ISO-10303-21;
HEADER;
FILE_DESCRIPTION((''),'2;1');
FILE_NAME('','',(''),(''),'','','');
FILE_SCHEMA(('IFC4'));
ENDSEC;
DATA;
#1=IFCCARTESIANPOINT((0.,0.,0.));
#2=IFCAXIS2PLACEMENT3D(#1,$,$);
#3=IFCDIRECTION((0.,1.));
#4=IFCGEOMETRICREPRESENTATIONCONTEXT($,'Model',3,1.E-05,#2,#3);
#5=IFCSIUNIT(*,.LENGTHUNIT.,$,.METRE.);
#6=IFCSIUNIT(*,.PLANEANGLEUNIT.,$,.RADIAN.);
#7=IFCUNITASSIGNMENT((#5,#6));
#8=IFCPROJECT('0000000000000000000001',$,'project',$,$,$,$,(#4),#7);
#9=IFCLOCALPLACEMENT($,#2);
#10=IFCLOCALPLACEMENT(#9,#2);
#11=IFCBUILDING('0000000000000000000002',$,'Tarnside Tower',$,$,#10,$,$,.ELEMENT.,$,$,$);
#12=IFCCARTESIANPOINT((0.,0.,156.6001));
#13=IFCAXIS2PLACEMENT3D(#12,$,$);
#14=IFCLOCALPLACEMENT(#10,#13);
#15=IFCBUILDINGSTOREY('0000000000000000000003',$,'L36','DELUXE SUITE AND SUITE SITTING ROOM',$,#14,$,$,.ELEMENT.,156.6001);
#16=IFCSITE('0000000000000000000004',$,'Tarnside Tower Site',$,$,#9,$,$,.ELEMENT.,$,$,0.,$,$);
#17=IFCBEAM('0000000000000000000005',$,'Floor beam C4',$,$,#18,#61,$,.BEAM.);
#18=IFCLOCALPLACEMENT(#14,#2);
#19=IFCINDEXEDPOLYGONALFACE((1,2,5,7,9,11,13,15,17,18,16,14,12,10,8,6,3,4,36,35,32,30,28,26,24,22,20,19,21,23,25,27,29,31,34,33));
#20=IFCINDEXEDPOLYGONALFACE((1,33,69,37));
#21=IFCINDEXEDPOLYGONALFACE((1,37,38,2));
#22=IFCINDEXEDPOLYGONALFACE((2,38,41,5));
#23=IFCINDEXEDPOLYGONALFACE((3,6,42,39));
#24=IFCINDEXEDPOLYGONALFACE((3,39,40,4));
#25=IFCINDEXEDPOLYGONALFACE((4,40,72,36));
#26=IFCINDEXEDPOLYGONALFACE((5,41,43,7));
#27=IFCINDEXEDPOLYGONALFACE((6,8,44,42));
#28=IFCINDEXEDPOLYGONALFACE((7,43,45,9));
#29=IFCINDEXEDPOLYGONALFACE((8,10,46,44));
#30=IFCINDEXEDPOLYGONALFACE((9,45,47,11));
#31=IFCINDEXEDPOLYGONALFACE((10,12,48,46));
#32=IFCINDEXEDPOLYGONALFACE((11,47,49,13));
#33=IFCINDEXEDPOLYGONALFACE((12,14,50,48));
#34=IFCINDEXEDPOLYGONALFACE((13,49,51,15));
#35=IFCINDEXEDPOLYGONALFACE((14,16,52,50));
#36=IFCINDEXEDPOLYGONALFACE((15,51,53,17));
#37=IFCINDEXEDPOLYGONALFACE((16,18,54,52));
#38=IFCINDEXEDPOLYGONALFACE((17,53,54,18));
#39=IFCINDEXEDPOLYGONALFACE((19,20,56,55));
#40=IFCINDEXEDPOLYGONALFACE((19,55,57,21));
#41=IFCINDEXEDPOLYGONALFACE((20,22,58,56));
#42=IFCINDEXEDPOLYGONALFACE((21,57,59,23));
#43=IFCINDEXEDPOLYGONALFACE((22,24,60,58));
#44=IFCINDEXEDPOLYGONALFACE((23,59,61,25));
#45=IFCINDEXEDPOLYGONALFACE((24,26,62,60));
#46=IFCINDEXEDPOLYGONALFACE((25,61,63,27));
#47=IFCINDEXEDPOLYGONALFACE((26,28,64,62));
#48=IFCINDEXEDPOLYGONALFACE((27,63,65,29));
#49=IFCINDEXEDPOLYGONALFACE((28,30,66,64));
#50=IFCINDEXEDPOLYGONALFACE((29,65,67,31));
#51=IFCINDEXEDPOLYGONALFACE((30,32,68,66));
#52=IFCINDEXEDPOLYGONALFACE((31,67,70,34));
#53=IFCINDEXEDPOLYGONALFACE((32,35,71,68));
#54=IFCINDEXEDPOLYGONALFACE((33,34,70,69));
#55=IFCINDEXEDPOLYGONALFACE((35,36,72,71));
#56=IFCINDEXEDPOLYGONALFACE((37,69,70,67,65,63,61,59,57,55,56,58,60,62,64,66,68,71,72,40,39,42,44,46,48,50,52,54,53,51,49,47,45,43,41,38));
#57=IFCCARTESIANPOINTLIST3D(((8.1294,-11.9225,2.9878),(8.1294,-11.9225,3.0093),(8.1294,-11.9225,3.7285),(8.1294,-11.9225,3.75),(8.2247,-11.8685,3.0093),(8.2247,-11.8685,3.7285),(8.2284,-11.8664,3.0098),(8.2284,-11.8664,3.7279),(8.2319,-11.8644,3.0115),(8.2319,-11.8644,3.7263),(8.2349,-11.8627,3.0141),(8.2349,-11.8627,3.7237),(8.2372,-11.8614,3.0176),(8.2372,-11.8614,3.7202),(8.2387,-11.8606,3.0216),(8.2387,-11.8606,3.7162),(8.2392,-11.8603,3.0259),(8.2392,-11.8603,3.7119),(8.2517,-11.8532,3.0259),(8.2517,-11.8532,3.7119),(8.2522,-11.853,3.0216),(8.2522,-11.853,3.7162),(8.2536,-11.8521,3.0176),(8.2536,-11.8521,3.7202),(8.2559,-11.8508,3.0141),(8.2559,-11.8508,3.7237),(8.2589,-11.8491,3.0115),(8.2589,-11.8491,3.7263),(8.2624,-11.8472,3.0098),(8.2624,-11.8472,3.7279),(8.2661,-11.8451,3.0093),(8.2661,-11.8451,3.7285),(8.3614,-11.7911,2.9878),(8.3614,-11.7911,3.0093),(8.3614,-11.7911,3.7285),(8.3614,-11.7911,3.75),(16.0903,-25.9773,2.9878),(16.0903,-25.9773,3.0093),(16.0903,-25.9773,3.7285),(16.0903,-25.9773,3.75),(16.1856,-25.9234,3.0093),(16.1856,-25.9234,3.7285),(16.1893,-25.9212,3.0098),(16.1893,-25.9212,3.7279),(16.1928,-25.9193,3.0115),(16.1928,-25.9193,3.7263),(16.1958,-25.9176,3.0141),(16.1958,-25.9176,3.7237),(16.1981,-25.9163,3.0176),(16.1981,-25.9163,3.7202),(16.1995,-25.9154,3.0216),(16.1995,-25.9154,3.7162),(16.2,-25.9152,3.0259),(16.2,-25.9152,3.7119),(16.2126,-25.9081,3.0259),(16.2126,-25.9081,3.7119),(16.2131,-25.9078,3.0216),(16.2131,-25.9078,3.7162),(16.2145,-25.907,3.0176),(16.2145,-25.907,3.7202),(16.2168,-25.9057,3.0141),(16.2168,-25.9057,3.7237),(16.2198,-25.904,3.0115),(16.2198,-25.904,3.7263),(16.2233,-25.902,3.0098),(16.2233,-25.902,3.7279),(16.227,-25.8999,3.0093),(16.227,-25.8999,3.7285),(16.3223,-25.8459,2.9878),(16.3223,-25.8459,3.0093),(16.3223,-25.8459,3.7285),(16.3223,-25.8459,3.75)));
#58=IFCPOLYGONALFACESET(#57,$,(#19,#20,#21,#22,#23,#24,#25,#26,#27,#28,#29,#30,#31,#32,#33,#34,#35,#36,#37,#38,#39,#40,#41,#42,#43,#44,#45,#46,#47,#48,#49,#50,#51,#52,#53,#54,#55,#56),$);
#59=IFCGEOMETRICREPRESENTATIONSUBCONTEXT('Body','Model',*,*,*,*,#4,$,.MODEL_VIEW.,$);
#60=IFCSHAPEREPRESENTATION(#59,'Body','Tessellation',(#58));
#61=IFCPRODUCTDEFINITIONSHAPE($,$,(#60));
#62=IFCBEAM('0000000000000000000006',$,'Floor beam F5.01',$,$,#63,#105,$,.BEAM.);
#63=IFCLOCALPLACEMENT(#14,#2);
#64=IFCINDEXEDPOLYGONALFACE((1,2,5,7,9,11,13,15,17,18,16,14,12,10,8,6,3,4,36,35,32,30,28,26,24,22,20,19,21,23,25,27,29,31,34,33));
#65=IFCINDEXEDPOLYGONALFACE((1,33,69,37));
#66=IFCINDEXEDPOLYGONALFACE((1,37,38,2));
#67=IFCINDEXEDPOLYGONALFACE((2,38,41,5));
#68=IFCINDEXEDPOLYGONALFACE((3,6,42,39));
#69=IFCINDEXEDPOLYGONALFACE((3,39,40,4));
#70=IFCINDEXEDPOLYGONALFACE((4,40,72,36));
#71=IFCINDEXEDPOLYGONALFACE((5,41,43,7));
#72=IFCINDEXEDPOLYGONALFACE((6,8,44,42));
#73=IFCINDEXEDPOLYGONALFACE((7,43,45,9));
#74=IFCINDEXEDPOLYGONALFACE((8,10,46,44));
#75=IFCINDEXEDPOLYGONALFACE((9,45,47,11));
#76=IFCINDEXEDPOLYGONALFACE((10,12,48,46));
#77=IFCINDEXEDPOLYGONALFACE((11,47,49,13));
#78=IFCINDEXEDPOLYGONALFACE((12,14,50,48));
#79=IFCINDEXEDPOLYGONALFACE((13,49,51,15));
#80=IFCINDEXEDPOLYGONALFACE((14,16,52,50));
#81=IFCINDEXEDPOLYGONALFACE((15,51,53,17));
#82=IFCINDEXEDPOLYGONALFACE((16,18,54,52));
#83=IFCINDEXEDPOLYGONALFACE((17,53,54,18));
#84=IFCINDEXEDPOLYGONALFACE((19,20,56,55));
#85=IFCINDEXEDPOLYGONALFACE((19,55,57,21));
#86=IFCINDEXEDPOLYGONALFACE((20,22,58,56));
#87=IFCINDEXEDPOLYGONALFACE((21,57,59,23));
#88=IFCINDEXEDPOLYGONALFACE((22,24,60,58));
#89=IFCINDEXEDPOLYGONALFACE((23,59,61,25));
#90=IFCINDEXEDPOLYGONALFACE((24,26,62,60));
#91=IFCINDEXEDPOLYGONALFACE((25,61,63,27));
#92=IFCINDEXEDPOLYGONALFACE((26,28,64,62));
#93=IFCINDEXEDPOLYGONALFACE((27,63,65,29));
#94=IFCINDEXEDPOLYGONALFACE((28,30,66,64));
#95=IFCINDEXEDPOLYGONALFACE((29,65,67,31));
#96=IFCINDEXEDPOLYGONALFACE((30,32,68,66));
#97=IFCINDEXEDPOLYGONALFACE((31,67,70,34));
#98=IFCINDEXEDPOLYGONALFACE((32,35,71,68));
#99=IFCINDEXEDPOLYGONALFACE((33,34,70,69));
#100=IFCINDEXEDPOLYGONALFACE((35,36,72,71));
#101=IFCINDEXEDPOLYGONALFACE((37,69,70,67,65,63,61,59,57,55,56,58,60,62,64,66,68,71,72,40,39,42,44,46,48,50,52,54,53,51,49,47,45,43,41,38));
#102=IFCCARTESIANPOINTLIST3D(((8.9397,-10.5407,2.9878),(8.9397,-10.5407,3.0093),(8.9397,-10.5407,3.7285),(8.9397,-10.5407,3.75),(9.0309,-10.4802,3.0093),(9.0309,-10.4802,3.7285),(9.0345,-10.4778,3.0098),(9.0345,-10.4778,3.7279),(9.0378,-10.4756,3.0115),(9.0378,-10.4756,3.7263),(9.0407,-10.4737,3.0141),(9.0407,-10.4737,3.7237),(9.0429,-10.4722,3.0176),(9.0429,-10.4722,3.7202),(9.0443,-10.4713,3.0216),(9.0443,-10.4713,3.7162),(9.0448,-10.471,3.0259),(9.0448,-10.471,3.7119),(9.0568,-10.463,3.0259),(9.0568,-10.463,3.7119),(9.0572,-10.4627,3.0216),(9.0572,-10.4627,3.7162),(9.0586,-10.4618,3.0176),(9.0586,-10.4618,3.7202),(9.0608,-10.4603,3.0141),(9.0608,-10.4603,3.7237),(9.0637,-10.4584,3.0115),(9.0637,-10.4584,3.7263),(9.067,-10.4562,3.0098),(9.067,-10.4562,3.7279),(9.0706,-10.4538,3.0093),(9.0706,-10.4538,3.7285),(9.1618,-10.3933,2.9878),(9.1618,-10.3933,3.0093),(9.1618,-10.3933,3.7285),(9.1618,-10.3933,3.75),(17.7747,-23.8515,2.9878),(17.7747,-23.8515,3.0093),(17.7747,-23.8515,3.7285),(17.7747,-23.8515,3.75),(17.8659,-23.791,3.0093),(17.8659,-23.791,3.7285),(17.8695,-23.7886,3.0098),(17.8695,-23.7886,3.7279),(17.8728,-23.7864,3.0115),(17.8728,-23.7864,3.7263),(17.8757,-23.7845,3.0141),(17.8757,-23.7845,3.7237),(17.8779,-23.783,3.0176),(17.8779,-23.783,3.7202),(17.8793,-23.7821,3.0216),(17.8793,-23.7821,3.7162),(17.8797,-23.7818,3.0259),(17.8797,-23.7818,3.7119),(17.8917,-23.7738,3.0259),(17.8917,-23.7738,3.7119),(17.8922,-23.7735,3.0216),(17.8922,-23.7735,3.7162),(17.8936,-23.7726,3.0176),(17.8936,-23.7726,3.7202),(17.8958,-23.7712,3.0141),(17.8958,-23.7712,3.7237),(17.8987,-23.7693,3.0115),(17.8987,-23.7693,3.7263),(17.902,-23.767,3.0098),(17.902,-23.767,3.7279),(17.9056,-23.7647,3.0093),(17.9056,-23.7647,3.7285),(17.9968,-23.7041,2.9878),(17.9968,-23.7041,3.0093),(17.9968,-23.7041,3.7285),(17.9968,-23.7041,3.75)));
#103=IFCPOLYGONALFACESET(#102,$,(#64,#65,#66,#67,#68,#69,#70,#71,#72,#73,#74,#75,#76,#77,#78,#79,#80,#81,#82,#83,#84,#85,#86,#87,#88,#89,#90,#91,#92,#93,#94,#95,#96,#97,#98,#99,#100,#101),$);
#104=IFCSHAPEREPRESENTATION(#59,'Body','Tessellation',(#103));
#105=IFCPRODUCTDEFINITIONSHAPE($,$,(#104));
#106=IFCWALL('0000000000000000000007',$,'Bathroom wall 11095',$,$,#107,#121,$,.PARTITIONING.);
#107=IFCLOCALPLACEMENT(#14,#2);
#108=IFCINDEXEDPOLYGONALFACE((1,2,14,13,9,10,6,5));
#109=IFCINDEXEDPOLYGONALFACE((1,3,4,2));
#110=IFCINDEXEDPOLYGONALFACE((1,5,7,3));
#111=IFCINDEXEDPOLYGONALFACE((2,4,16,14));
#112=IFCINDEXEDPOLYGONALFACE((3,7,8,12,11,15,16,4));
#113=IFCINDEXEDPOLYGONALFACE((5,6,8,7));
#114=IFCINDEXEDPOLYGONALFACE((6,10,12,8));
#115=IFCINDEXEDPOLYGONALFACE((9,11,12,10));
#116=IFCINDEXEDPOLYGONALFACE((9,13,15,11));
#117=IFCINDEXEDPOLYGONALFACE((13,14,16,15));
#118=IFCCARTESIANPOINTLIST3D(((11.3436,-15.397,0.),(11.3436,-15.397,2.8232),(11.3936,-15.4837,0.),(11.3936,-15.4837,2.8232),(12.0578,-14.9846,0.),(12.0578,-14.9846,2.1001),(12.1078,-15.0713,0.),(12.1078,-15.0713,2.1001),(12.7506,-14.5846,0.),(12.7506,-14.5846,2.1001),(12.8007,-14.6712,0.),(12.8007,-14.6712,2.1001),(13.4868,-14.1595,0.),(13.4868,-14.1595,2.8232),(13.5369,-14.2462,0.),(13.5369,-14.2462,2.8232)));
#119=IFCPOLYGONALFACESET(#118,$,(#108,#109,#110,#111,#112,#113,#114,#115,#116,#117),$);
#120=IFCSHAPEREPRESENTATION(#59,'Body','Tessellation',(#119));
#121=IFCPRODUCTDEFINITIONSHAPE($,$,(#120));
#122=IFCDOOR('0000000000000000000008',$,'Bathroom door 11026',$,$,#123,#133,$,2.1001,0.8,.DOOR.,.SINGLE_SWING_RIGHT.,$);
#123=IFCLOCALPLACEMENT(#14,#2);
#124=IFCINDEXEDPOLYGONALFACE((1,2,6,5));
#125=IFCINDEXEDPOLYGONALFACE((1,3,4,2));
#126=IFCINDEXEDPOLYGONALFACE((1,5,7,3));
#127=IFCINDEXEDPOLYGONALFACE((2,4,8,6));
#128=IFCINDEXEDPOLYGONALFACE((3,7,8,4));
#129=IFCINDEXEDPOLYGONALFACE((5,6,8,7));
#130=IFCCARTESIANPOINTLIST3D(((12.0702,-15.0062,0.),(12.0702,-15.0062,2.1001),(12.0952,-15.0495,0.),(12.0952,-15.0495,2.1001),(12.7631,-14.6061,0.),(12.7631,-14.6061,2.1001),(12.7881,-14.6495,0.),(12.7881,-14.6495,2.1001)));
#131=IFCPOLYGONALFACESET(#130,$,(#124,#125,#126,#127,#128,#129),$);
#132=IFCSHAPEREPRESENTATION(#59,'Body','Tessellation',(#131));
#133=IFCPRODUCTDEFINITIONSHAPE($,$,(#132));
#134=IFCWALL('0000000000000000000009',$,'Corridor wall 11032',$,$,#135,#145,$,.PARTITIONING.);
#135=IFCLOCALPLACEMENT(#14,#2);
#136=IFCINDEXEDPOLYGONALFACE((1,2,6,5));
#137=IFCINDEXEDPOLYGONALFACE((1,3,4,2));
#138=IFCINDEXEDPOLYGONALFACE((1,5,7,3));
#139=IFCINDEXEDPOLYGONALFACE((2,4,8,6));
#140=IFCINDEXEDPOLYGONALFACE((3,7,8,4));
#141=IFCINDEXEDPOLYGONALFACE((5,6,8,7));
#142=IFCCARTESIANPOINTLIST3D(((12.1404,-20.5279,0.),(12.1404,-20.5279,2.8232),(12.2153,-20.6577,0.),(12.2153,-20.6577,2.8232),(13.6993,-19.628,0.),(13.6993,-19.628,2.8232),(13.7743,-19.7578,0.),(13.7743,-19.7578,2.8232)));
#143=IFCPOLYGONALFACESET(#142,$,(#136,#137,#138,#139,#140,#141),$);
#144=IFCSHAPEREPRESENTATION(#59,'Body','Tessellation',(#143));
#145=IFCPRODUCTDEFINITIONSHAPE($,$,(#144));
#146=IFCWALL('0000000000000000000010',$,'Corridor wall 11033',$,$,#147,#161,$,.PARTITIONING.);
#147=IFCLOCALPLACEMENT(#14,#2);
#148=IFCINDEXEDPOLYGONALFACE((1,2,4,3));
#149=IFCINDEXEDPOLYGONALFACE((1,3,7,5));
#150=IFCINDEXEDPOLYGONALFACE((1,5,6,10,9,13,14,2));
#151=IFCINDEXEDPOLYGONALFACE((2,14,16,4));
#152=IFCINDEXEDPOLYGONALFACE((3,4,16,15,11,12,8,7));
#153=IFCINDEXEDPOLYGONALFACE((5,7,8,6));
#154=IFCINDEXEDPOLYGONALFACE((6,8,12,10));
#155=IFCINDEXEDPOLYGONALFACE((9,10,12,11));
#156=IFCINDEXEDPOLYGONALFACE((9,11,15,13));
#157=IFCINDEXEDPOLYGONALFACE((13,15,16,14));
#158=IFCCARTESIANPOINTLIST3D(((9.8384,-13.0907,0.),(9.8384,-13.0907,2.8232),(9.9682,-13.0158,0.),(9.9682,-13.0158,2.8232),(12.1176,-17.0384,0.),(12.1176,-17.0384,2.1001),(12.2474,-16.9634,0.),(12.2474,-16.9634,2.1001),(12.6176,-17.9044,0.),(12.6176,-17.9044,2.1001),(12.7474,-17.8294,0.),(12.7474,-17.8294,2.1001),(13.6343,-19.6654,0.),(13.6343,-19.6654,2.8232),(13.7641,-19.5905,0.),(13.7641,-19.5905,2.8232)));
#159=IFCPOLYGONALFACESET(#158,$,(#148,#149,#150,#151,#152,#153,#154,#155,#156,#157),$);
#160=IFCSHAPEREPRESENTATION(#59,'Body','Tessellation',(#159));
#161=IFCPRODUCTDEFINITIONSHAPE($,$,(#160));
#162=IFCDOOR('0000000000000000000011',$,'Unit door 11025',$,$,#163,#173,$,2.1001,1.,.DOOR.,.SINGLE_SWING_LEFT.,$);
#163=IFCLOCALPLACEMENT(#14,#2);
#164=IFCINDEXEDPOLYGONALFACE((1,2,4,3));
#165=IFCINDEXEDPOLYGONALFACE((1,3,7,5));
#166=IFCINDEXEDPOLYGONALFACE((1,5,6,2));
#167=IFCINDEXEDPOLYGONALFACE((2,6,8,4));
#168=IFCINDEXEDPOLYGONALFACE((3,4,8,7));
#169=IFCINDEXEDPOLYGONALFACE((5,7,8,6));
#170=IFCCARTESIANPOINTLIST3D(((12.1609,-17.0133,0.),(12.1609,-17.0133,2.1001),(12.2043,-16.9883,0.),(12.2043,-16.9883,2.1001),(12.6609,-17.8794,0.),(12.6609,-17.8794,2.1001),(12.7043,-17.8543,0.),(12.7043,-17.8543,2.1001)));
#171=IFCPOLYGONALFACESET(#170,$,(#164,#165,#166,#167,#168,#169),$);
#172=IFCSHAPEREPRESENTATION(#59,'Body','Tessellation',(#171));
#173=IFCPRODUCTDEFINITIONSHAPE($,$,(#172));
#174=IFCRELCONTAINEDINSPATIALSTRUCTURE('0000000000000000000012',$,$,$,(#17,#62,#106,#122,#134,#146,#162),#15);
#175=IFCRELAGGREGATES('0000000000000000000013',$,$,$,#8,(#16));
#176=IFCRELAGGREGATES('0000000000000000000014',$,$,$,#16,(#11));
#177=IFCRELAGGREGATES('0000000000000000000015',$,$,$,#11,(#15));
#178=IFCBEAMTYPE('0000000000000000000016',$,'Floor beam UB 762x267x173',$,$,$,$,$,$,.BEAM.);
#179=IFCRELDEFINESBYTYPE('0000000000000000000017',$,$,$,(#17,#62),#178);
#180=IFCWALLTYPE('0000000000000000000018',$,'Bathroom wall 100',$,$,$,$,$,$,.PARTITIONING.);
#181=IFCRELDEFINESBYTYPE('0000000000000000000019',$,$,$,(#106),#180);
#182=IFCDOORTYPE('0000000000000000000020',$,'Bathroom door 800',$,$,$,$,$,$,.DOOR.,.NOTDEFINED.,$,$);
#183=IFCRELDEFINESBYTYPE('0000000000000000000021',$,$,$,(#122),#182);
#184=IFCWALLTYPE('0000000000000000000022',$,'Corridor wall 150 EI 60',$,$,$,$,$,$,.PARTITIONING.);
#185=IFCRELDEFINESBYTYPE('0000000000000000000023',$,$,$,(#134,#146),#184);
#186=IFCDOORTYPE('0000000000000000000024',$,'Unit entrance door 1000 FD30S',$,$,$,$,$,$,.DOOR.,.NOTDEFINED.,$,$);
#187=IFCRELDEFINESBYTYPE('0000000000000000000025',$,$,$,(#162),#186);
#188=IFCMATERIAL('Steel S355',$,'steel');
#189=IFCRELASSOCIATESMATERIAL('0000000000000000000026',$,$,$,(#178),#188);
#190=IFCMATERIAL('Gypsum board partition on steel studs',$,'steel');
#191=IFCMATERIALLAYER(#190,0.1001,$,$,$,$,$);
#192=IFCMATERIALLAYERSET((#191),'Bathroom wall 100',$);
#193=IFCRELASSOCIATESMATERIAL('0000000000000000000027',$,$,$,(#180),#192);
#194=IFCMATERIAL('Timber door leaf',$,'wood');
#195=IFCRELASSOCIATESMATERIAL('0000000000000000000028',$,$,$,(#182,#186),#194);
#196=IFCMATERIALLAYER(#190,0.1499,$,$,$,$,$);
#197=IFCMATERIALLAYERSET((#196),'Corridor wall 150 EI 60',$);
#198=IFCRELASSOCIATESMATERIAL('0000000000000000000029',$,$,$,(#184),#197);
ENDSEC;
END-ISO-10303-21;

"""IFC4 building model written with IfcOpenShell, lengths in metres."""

from ifc_helpers import new_model, si_unit, direction, frame, frame_2d, origin, origin_2d, place, context, subcontext, project, spatial, rectangle, i_section, extrude, material, layer, layer_set, material_profile, profile_set, type_object, element, fill, save


model = new_model("IFC4")

# Units and contexts
model_context = context("Model", 3, precision=1e-05, world=origin(), true_north=direction((0.0, 1.0)))
body_context = subcontext(model_context, "Body", "Model", "MODEL_VIEW")
ifc_project = project(units=[si_unit("LENGTHUNIT", "METRE"), si_unit("PLANEANGLEUNIT", "RADIAN")], contexts=[model_context])

# Site, building, storey
site_placement = place(None, origin())
site = spatial("IfcSite", under=ifc_project, at=site_placement, Name="Tarnside Tower Site", CompositionType="ELEMENT", RefElevation=0.0)
building_placement = place(site_placement, origin())
building = spatial("IfcBuilding", under=site, at=building_placement, Name="Tarnside Tower", CompositionType="ELEMENT")
storey_placement = place(building_placement, frame((0.0, 0.0, 156.6001)))
storey = spatial("IfcBuildingStorey", under=building, at=storey_placement, Name="L36", Description="DELUXE SUITE AND SUITE SITTING ROOM", CompositionType="ELEMENT", Elevation=156.6001)

# Beams
ifc_material_1 = material(Name="Steel S355", Category="steel")
ifc_material_profile_1 = material_profile(ifc_material_1, i_section(OverallWidth=0.2666, OverallDepth=0.7622, WebThickness=0.0144, FlangeThickness=0.0215, FilletRadius=0.0166, at=origin_2d()), Name="UB 762x267x173")
ifc_profile_set_1 = profile_set([ifc_material_profile_1], Name="Steel S355")
beam_type_1 = type_object("IfcBeamType", Name="Floor beam UB 762x267x173", PredefinedType="BEAM", material=ifc_profile_set_1)
beam_1_placement = place(storey_placement, frame((16.2063, -25.9116, 3.3689), z_axis=(-0.492847, 0.870116, 0.0), x_axis=(-0.870116, -0.492847, 0.0)))
element("IfcBeam", 1, at=beam_1_placement, inside=storey, type_object=beam_type_1, Name="Floor beam C4", PredefinedType="BEAM", context=body_context, shape_type="SweptSolid", body=[
    extrude(i_section(OverallWidth=0.2666, OverallDepth=0.7622, WebThickness=0.0144, FlangeThickness=0.0215, FilletRadius=0.0166, at=origin_2d()), origin(), (0.0, 0.0, 1.0), 16.1528),
])
beam_2_placement = place(storey_placement, frame((17.8857, -23.7778, 3.3689), z_axis=(-0.553013, 0.833172, 0.0), x_axis=(-0.833172, -0.553013, 0.0)))
element("IfcBeam", 2, at=beam_2_placement, inside=storey, type_object=beam_type_1, Name="Floor beam F5.01", PredefinedType="BEAM", context=body_context, shape_type="SweptSolid", body=[
    extrude(i_section(OverallWidth=0.2666, OverallDepth=0.7622, WebThickness=0.0144, FlangeThickness=0.0215, FilletRadius=0.0166, at=origin_2d()), origin(), (0.0, 0.0, 1.0), 15.9761),
])

# Wall, opening, door
ifc_material_2 = material(Name="Gypsum board partition on steel studs", Category="steel")
ifc_layer_1 = layer(ifc_material_2, 0.1001)
ifc_layer_set_1 = layer_set([ifc_layer_1], Name="Bathroom wall 100")
wall_type_1 = type_object("IfcWallType", Name="Bathroom wall 100", PredefinedType="PARTITIONING", material=ifc_layer_set_1)
wall_1_placement = place(storey_placement, frame((13.5117, -14.2029, 0.0), z_axis=(0.0, 0.0, 1.0), x_axis=(-0.866007, -0.500033, 0.0)))
wall_1 = element("IfcWall", 3, at=wall_1_placement, inside=storey, type_object=wall_type_1, Name="Bathroom wall 11095", PredefinedType="PARTITIONING", context=body_context, shape_type="SweptSolid", body=[
    extrude(rectangle(XDim=2.4749, YDim=0.1001, at=frame_2d((1.2373, 0.0))), origin(), (0.0, 0.0, 1.0), 2.8232),
])
opening_1_placement = place(wall_1_placement, frame((0.8501, 0.0, 0.0)))
opening_1 = element("IfcOpeningElement", 4, at=opening_1_placement, cuts=wall_1, PredefinedType="OPENING", context=body_context, shape_type="SweptSolid", body=[
    extrude(rectangle(XDim=0.8, YDim=2.1001, at=frame_2d((0.3999, 1.05))), frame((0.0, 0.0601, 0.0), z_axis=(0.0, -1.0, 0.0), x_axis=(1.0, 0.0, 0.0)), (0.0, 0.0, 1.0), 0.1201),
])
ifc_material_3 = material(Name="Timber door leaf", Category="wood")
door_type_1 = type_object("IfcDoorType", Name="Bathroom door 800", OperationType="NOTDEFINED", PredefinedType="DOOR", material=ifc_material_3)
door_1_placement = place(opening_1_placement, origin())
door_1 = element("IfcDoor", 5, at=door_1_placement, inside=storey, type_object=door_type_1, Name="Bathroom door 11026", OperationType="SINGLE_SWING_RIGHT", OverallHeight=2.1001, OverallWidth=0.8, PredefinedType="DOOR", context=body_context, shape_type="SweptSolid", body=[
    extrude(rectangle(XDim=0.8, YDim=2.1001, at=frame_2d((0.3999, 1.05))), frame((0.0, 0.0249, 0.0), z_axis=(0.0, -1.0, 0.0), x_axis=(1.0, 0.0, 0.0)), (0.0, 0.0, 1.0), 0.05),
])
fill(opening_1, door_1)

# Wall
ifc_layer_2 = layer(ifc_material_2, 0.1499)
ifc_layer_set_2 = layer_set([ifc_layer_2], Name="Corridor wall 150 EI 60")
wall_type_2 = type_object("IfcWallType", Name="Corridor wall 150 EI 60", PredefinedType="PARTITIONING", material=ifc_layer_set_2)
wall_2_placement = place(storey_placement, frame((12.178, -20.5928, 0.0), z_axis=(0.0, 0.0, 1.0), x_axis=(0.866048, 0.499961, 0.0)))
element("IfcWall", 6, at=wall_2_placement, inside=storey, type_object=wall_type_2, Name="Corridor wall 11032", PredefinedType="PARTITIONING", context=body_context, shape_type="SweptSolid", body=[
    extrude(rectangle(XDim=1.8, YDim=0.1499, at=frame_2d((0.8999, 0.0))), origin(), (0.0, 0.0, 1.0), 2.8232),
])

# Wall, opening, door
wall_3_placement = place(storey_placement, frame((13.6992, -19.6279, 0.0), z_axis=(0.0, 0.0, 1.0), x_axis=(-0.499999, 0.866026, 0.0)))
wall_3 = element("IfcWall", 7, at=wall_3_placement, inside=storey, type_object=wall_type_2, Name="Corridor wall 11033", PredefinedType="PARTITIONING", context=body_context, shape_type="SweptSolid", body=[
    extrude(rectangle(XDim=7.5918, YDim=0.1499, at=frame_2d((3.7959, 0.0))), origin(), (0.0, 0.0, 1.0), 2.8232),
])
opening_2_placement = place(wall_3_placement, frame((2.0334, 0.0, 0.0)))
opening_2 = element("IfcOpeningElement", 8, at=opening_2_placement, cuts=wall_3, PredefinedType="OPENING", context=body_context, shape_type="SweptSolid", body=[
    extrude(rectangle(XDim=1.0, YDim=2.1001, at=frame_2d((0.5, 1.05))), frame((0.0, 0.085, 0.0), z_axis=(0.0, -1.0, 0.0), x_axis=(1.0, 0.0, 0.0)), (0.0, 0.0, 1.0), 0.1699),
])
door_type_2 = type_object("IfcDoorType", Name="Unit entrance door 1000 FD30S", OperationType="NOTDEFINED", PredefinedType="DOOR", material=ifc_material_3)
door_2_placement = place(opening_2_placement, origin())
door_2 = element("IfcDoor", 9, at=door_2_placement, inside=storey, type_object=door_type_2, Name="Unit door 11025", OperationType="SINGLE_SWING_LEFT", OverallHeight=2.1001, OverallWidth=1.0, PredefinedType="DOOR", context=body_context, shape_type="SweptSolid", body=[
    extrude(rectangle(XDim=1.0, YDim=2.1001, at=frame_2d((0.5, 1.05))), frame((0.0, 0.0249, 0.0), z_axis=(0.0, -1.0, 0.0), x_axis=(1.0, 0.0, 0.0)), (0.0, 0.0, 1.0), 0.05),
])
fill(opening_2, door_2)

save(model, "model.ifc")
